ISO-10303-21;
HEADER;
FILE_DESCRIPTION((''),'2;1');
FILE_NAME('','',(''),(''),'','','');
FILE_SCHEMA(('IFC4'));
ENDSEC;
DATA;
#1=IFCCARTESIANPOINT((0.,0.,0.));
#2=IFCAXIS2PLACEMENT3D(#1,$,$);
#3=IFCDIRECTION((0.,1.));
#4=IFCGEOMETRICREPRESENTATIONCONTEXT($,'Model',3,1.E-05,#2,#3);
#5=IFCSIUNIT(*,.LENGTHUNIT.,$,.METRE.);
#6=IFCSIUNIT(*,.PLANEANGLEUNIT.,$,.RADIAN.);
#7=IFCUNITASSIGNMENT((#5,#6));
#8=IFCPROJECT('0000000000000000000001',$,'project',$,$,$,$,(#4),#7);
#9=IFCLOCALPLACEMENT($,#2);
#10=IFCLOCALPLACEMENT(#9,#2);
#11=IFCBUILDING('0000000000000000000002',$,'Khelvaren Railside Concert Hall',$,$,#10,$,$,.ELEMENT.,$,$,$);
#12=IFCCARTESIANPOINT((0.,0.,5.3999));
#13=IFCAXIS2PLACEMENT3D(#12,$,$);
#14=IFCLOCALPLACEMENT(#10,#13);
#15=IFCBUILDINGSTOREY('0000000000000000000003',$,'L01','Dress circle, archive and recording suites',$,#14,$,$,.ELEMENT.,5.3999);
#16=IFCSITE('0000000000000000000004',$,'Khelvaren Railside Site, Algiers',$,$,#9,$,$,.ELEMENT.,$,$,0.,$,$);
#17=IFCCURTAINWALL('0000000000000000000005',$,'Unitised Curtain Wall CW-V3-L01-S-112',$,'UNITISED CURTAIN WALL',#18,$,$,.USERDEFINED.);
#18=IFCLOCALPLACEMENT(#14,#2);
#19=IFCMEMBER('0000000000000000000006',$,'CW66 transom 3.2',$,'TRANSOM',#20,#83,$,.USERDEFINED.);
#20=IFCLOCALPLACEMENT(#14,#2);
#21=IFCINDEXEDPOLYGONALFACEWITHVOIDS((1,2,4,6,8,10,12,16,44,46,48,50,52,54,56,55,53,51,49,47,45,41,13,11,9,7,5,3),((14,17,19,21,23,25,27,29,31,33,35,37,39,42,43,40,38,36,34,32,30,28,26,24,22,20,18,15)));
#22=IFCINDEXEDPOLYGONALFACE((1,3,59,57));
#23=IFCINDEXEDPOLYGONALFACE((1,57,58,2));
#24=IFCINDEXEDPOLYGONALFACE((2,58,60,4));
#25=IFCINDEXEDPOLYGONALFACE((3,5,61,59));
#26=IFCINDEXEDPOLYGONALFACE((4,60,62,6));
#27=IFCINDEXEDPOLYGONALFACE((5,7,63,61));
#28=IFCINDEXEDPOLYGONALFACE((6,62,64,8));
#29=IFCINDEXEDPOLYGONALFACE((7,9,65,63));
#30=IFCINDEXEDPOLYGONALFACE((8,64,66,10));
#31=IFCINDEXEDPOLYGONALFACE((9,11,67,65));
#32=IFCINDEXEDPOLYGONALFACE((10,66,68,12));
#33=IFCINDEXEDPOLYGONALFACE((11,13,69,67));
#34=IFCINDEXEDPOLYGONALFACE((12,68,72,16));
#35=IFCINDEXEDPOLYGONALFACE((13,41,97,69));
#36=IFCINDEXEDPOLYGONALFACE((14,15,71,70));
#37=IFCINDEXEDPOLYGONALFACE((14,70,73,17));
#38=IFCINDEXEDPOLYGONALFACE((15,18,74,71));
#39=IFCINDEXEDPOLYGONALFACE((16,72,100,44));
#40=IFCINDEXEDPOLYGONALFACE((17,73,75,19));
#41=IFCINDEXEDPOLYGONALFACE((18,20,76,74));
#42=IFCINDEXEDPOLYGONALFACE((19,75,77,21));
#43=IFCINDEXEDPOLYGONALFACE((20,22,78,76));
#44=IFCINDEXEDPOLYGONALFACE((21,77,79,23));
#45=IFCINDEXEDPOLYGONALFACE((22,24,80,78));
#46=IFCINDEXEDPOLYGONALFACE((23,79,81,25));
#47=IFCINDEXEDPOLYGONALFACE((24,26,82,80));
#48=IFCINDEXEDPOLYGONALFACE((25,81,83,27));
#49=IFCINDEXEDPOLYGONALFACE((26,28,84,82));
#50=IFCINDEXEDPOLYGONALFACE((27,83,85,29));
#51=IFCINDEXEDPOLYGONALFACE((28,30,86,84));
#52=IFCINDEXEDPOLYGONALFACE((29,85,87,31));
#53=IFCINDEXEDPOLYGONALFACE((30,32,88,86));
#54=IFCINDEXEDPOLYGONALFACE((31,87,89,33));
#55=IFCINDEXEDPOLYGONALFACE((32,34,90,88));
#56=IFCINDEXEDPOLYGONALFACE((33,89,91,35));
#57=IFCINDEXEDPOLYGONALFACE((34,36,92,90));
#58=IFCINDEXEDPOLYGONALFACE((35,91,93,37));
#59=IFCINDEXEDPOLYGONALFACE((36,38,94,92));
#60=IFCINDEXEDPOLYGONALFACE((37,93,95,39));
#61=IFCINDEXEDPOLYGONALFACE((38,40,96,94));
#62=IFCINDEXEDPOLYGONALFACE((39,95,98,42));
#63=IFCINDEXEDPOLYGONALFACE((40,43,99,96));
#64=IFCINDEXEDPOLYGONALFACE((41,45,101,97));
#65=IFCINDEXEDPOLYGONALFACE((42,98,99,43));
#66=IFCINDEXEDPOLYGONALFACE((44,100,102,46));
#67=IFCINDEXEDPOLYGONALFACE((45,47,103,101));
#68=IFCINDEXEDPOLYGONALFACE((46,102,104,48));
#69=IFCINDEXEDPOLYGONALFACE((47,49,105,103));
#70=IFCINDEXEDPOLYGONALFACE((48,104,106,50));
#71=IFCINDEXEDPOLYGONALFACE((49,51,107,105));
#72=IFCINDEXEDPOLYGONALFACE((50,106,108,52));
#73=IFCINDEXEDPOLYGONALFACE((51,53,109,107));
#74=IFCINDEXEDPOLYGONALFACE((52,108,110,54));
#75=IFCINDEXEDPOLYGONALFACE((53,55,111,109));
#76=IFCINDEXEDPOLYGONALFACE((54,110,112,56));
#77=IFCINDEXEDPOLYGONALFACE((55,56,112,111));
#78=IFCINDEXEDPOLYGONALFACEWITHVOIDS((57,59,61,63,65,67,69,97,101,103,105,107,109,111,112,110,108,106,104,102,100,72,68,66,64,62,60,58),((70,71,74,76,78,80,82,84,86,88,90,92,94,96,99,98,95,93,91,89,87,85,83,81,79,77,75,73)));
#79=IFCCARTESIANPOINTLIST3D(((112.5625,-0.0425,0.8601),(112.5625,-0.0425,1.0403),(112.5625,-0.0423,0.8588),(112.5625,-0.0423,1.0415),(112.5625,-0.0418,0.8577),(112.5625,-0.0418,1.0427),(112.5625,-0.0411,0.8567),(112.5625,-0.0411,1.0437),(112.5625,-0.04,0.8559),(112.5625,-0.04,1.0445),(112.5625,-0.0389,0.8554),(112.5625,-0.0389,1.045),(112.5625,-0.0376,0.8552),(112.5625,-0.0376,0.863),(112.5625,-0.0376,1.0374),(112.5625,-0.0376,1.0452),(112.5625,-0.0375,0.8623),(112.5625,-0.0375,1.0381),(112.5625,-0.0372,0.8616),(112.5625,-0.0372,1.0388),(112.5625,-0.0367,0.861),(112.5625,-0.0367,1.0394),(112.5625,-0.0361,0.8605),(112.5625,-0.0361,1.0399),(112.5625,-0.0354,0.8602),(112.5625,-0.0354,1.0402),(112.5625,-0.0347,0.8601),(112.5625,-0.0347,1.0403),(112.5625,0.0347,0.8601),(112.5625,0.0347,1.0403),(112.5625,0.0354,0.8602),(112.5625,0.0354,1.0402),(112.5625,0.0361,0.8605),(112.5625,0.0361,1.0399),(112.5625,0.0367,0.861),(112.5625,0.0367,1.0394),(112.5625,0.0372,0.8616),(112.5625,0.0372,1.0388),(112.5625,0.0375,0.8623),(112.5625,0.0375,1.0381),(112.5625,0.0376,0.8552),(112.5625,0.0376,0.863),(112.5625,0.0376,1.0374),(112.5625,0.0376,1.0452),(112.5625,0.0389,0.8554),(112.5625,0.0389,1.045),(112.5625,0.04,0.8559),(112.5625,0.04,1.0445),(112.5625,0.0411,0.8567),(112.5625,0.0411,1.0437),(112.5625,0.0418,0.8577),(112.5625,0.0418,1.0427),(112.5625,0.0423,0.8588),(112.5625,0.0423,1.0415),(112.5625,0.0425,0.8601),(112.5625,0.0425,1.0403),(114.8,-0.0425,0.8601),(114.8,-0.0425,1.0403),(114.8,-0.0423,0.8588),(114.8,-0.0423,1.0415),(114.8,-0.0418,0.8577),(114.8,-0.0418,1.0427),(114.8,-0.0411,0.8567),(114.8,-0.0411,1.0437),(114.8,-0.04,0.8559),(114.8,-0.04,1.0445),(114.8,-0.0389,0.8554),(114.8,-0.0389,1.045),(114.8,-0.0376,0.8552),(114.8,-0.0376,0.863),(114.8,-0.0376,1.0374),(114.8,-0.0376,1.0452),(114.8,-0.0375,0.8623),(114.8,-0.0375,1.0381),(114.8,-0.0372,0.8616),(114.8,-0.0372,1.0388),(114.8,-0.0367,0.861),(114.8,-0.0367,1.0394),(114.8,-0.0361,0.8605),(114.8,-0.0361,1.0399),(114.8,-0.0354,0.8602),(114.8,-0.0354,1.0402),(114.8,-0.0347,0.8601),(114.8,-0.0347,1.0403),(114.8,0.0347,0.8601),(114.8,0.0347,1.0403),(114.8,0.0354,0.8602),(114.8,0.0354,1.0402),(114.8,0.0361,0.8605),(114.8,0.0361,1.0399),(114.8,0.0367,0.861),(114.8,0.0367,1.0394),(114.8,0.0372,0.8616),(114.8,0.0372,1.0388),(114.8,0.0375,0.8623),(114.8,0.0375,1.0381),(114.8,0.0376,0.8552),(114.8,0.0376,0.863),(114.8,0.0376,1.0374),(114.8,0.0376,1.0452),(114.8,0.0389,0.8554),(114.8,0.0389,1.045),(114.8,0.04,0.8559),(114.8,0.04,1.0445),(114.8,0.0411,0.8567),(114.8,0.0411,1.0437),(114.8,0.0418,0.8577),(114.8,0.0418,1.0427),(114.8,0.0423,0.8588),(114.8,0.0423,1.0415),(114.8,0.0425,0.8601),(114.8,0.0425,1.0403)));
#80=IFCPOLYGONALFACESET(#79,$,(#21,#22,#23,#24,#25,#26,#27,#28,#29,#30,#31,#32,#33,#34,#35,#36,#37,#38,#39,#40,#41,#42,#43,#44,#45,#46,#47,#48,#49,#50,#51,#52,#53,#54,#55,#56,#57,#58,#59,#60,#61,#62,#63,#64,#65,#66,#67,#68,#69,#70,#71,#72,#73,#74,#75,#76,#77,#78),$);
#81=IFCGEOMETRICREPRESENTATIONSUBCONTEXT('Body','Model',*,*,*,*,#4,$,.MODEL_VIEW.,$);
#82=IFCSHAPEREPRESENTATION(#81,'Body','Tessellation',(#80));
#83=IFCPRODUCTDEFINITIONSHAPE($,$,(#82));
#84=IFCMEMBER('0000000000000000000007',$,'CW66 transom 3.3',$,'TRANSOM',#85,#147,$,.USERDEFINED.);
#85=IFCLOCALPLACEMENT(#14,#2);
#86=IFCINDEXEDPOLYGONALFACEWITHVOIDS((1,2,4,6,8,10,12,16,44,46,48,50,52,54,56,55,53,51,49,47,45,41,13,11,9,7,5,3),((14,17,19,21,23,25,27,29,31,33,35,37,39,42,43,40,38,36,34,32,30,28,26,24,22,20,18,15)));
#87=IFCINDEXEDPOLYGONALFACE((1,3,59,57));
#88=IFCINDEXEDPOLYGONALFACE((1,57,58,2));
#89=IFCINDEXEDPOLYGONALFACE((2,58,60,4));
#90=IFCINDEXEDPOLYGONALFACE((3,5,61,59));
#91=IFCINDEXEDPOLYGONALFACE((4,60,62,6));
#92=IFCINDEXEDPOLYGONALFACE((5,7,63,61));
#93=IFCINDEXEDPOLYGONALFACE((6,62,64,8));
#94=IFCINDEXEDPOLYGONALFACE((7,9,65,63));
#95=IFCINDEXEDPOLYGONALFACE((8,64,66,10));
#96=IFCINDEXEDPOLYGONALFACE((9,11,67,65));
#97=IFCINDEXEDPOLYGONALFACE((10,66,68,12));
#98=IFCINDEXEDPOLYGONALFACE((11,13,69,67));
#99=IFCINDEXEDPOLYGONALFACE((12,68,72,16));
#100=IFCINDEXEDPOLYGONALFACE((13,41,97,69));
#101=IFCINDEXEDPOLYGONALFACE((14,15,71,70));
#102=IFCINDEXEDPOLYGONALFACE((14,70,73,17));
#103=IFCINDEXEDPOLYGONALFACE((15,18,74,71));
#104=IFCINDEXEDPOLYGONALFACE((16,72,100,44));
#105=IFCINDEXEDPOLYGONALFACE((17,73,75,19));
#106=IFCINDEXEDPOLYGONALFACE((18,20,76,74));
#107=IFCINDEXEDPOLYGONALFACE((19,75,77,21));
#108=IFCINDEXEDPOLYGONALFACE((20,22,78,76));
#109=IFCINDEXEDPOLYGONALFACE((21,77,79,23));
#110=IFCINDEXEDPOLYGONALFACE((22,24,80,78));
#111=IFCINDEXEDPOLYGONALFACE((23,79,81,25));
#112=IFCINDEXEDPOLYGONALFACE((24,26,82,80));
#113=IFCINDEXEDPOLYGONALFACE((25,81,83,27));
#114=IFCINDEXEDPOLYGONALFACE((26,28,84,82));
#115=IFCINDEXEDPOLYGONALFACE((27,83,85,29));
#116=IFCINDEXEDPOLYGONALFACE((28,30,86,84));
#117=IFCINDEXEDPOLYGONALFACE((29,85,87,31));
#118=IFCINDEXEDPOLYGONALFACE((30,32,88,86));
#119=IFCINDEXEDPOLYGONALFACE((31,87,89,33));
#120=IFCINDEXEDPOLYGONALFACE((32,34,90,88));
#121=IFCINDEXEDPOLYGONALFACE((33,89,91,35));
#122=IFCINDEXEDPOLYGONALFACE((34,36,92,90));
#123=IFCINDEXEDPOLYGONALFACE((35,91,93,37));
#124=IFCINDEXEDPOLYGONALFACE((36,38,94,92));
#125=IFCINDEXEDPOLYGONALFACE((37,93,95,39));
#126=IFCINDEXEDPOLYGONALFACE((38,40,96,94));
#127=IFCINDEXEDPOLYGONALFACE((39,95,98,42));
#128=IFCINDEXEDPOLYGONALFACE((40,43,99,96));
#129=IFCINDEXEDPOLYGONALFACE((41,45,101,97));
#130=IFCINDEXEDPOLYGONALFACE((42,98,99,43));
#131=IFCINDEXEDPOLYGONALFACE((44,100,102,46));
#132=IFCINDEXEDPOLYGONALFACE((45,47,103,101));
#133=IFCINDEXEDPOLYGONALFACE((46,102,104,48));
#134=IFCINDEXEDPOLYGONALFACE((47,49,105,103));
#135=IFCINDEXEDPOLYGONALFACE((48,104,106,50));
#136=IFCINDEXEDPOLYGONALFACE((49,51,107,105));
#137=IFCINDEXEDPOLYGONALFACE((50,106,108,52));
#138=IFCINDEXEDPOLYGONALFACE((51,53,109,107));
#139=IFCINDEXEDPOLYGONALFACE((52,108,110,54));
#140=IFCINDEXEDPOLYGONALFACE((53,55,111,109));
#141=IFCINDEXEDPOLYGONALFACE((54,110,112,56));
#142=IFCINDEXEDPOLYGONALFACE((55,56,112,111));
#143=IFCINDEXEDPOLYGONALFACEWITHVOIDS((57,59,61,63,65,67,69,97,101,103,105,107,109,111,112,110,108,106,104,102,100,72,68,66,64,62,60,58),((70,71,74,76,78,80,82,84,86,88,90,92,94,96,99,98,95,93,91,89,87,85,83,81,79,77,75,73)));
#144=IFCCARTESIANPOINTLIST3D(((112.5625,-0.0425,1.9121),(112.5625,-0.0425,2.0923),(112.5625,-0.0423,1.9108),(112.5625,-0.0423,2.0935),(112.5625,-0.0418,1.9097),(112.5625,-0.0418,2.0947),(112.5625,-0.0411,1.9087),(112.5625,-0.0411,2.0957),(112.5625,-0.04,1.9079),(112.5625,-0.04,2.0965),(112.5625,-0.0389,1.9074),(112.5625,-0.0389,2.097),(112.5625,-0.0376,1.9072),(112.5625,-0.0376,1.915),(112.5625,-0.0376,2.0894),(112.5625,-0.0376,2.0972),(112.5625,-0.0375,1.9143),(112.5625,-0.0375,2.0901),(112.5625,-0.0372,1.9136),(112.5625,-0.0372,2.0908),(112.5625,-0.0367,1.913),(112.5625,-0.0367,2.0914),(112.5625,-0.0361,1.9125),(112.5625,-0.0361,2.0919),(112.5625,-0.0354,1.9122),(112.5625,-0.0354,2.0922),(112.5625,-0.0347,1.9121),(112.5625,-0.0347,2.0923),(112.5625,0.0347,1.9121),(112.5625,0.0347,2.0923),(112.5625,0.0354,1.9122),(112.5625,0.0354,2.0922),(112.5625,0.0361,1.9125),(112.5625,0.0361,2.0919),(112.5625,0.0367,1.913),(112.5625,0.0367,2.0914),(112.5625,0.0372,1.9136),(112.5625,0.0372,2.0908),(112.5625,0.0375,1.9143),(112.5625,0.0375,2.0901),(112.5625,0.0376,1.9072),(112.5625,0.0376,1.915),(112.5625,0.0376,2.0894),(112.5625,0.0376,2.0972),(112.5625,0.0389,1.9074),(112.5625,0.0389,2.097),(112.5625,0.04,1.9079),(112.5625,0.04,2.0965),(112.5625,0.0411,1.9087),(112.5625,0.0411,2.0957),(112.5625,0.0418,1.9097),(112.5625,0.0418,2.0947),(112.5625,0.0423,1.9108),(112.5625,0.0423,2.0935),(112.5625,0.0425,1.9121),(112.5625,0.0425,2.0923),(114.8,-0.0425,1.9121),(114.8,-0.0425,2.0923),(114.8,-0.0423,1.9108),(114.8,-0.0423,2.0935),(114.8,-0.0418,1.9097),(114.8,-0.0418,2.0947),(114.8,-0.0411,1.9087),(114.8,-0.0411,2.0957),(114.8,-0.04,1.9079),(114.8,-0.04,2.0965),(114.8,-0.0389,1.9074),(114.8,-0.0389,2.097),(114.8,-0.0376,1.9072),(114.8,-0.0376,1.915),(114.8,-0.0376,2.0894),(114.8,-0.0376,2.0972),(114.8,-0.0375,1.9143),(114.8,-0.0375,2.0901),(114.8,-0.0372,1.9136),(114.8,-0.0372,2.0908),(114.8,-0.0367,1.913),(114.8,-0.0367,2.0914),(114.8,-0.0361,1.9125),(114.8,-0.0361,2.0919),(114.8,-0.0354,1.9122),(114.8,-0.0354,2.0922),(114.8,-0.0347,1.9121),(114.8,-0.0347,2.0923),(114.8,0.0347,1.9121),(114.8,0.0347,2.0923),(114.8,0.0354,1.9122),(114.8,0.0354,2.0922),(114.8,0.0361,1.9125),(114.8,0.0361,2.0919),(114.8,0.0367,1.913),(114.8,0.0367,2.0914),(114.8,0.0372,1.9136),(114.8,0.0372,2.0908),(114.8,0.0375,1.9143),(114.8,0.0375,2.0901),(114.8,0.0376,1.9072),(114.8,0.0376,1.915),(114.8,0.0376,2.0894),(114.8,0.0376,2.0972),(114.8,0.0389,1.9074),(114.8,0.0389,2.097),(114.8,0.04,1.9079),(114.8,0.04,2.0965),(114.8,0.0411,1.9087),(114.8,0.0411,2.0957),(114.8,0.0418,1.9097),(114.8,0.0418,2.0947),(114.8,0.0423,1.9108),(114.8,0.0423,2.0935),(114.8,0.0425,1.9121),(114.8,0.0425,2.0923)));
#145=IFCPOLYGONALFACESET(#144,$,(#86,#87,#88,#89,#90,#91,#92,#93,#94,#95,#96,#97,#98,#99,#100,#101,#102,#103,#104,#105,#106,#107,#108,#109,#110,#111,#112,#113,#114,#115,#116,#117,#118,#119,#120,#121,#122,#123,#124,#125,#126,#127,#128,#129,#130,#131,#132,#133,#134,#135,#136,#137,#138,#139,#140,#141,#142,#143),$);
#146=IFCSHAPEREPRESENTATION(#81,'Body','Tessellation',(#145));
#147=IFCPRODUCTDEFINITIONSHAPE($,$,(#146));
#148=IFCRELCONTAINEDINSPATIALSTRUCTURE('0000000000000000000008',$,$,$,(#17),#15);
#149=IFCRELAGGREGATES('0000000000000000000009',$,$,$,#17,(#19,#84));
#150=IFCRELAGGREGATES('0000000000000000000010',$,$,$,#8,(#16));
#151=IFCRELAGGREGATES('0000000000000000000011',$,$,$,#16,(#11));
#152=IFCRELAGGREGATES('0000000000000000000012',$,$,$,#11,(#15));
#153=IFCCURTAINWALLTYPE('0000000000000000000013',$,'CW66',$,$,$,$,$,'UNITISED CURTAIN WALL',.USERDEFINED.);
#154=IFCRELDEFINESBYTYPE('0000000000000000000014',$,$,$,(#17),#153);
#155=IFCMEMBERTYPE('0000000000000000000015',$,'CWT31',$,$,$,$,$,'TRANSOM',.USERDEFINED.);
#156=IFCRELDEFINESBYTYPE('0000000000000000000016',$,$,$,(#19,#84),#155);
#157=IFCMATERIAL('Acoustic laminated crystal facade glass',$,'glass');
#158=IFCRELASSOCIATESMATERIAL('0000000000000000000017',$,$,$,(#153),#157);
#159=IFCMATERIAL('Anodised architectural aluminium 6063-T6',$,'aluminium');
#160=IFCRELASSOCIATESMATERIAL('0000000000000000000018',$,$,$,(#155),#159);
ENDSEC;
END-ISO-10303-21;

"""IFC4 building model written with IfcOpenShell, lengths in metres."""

from ifc_helpers import new_model, si_unit, direction, frame, origin, origin_2d, place, context, subcontext, project, spatial, hollow_rectangle, extrude, material, material_profile, profile_set, type_object, element, aggregate, save


model = new_model("IFC4")

# Units and contexts
model_context = context("Model", 3, precision=1e-05, world=origin(), true_north=direction((0.0, 1.0)))
body_context = subcontext(model_context, "Body", "Model", "MODEL_VIEW")
ifc_project = project(units=[si_unit("LENGTHUNIT", "METRE"), si_unit("PLANEANGLEUNIT", "RADIAN")], contexts=[model_context])

# Site, building, storey
site_placement = place(None, origin())
site = spatial("IfcSite", under=ifc_project, at=site_placement, Name="Khelvaren Railside Site, Algiers", CompositionType="ELEMENT", RefElevation=0.0)
building_placement = place(site_placement, origin())
building = spatial("IfcBuilding", under=site, at=building_placement, Name="Khelvaren Railside Concert Hall", CompositionType="ELEMENT")
storey_placement = place(building_placement, frame((0.0, 0.0, 5.3999)))
storey = spatial("IfcBuildingStorey", under=building, at=storey_placement, Name="L01", Description="Dress circle, archive and recording suites", CompositionType="ELEMENT", Elevation=5.3999)

# Curtain wall, members
ifc_material_1 = material(Name="Acoustic laminated crystal facade glass", Category="glass")
curtain_wall_type = type_object("IfcCurtainWallType", Name="CW66", ElementType="UNITISED CURTAIN WALL", PredefinedType="USERDEFINED", material=ifc_material_1)
curtain_wall_placement = place(storey_placement, origin())
curtain_wall = element("IfcCurtainWall", 1, at=curtain_wall_placement, inside=storey, type_object=curtain_wall_type, Name="Unitised Curtain Wall CW-V3-L01-S-112", ObjectType="UNITISED CURTAIN WALL", PredefinedType="USERDEFINED")
ifc_material_2 = material(Name="Anodised architectural aluminium 6063-T6", Category="aluminium")
ifc_material_profile_1 = material_profile(ifc_material_2, hollow_rectangle(XDim=0.085, YDim=0.1899, WallThickness=0.0049, InnerFilletRadius=0.0029, OuterFilletRadius=0.0049, at=origin_2d()), Name="CWT 85x190x5")
ifc_profile_set_1 = profile_set([ifc_material_profile_1], Name="Anodised architectural aluminium 6063-T6")
member_type_1 = type_object("IfcMemberType", Name="CWT31", ElementType="TRANSOM", PredefinedType="USERDEFINED", material=ifc_profile_set_1)
member_1_placement = place(storey_placement, frame((114.8, 0.0, 0.9502), z_axis=(-1.0, 0.0, 0.0), x_axis=(0.0, -1.0, 0.0)))
member_1 = element("IfcMember", 2, at=member_1_placement, type_object=member_type_1, Name="CW66 transom 3.2", ObjectType="TRANSOM", PredefinedType="USERDEFINED", context=body_context, shape_type="SweptSolid", body=[
    extrude(hollow_rectangle(XDim=0.085, YDim=0.1899, WallThickness=0.0049, InnerFilletRadius=0.0029, OuterFilletRadius=0.0049, at=origin_2d()), origin(), (0.0, 0.0, 1.0), 2.2375),
])
member_2_placement = place(storey_placement, frame((114.8, 0.0, 2.0022), z_axis=(-1.0, 0.0, 0.0), x_axis=(0.0, -1.0, 0.0)))
member_2 = element("IfcMember", 3, at=member_2_placement, type_object=member_type_1, Name="CW66 transom 3.3", ObjectType="TRANSOM", PredefinedType="USERDEFINED", context=body_context, shape_type="SweptSolid", body=[
    extrude(hollow_rectangle(XDim=0.085, YDim=0.1899, WallThickness=0.0049, InnerFilletRadius=0.0029, OuterFilletRadius=0.0049, at=origin_2d()), origin(), (0.0, 0.0, 1.0), 2.2375),
])

aggregate(curtain_wall, [member_1, member_2])

save(model, "model.ifc")
